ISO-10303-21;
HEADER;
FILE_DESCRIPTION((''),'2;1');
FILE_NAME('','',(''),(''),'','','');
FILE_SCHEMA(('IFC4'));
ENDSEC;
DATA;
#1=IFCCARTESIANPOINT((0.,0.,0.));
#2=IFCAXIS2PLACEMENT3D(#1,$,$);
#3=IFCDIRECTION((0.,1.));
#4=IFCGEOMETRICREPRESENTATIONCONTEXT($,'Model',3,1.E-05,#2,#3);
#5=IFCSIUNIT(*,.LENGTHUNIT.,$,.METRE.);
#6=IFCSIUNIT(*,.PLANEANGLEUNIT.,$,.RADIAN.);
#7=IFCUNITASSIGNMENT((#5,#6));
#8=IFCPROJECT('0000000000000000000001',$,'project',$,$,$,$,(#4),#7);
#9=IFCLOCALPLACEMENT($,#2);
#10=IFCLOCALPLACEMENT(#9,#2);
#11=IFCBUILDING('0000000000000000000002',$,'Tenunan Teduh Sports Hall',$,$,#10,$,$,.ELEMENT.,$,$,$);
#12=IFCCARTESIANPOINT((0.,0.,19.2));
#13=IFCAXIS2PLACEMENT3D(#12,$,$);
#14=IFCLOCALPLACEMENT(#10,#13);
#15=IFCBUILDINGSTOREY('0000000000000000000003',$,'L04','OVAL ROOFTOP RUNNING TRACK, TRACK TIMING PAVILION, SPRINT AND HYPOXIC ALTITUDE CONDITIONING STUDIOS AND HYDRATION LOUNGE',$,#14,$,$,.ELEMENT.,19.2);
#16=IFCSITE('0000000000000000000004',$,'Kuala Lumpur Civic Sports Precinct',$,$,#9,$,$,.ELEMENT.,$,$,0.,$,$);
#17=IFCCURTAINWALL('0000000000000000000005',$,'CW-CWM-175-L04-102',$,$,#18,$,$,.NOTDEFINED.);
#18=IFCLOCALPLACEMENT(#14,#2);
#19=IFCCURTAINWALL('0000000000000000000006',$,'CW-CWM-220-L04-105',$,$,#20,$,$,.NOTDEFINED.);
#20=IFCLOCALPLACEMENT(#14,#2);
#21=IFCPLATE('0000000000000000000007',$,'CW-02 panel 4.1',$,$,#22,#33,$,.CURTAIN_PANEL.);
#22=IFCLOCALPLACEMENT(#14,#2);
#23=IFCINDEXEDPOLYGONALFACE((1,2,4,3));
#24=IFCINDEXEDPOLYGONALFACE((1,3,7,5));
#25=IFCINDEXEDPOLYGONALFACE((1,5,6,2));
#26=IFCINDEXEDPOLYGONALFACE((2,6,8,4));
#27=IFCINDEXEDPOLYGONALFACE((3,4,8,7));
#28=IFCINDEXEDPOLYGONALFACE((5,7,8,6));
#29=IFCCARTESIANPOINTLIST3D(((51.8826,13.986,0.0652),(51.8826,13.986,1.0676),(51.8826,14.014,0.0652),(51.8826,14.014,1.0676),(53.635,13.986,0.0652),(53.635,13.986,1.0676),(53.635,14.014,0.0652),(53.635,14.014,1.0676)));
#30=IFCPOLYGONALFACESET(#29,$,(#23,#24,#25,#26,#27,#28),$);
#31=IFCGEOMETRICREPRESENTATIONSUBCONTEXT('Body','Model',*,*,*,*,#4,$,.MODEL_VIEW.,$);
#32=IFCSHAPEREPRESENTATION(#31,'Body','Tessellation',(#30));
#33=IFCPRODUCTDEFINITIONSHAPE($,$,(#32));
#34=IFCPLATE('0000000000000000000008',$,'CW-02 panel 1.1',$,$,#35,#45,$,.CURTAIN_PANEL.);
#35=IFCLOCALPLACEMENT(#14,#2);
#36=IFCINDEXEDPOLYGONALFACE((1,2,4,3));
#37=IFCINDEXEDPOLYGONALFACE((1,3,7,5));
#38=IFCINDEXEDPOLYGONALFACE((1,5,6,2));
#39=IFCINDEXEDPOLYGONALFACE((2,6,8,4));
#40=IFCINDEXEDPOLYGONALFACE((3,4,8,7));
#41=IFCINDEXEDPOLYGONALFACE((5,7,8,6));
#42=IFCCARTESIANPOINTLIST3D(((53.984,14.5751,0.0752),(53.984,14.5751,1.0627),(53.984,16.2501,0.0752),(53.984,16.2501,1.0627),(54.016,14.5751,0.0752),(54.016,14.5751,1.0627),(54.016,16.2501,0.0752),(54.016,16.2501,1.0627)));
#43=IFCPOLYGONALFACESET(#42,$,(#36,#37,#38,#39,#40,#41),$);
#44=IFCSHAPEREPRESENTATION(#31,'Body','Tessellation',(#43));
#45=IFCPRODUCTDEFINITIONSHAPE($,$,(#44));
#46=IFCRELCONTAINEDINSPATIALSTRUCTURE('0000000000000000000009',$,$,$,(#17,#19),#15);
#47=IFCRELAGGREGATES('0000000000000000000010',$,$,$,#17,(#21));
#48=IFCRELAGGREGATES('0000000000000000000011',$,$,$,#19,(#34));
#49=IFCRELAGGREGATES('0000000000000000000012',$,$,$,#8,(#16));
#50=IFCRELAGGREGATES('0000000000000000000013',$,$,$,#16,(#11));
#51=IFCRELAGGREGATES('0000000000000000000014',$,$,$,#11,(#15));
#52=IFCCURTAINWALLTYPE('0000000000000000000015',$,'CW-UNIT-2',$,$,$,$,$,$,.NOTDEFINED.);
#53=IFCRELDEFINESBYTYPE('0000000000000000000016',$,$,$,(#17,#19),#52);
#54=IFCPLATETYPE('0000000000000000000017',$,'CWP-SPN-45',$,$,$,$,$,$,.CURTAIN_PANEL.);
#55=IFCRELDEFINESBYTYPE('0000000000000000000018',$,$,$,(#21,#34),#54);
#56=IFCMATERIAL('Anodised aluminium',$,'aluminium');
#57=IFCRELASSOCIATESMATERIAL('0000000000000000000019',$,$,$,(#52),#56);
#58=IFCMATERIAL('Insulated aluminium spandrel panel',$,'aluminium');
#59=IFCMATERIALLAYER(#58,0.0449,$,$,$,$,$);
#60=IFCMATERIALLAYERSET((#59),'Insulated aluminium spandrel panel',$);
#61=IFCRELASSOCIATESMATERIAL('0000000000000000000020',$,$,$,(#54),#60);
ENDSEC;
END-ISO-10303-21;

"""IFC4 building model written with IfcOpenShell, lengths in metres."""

from ifc_helpers import new_model, si_unit, direction, frame, origin, origin_2d, place, context, subcontext, project, spatial, rectangle, extrude, material, layer, layer_set, type_object, element, aggregate, save


model = new_model("IFC4")

# Units and contexts
model_context = context("Model", 3, precision=1e-05, world=origin(), true_north=direction((0.0, 1.0)))
body_context = subcontext(model_context, "Body", "Model", "MODEL_VIEW")
ifc_project = project(units=[si_unit("LENGTHUNIT", "METRE"), si_unit("PLANEANGLEUNIT", "RADIAN")], contexts=[model_context])

# Site, building, storey
site_placement = place(None, origin())
site = spatial("IfcSite", under=ifc_project, at=site_placement, Name="Kuala Lumpur Civic Sports Precinct", CompositionType="ELEMENT", RefElevation=0.0)
building_placement = place(site_placement, origin())
building = spatial("IfcBuilding", under=site, at=building_placement, Name="Tenunan Teduh Sports Hall", CompositionType="ELEMENT")
storey_placement = place(building_placement, frame((0.0, 0.0, 19.2)))
storey = spatial("IfcBuildingStorey", under=building, at=storey_placement, Name="L04", Description="OVAL ROOFTOP RUNNING TRACK, TRACK TIMING PAVILION, SPRINT AND HYPOXIC ALTITUDE CONDITIONING STUDIOS AND HYDRATION LOUNGE", CompositionType="ELEMENT", Elevation=19.2)

# Curtain walls
ifc_material_1 = material(Name="Anodised aluminium", Category="aluminium")
curtain_wall_type = type_object("IfcCurtainWallType", Name="CW-UNIT-2", PredefinedType="NOTDEFINED", material=ifc_material_1)
curtain_wall_1_placement = place(storey_placement, origin())
curtain_wall_1 = element("IfcCurtainWall", 1, at=curtain_wall_1_placement, inside=storey, type_object=curtain_wall_type, Name="CW-CWM-175-L04-102", PredefinedType="NOTDEFINED")
curtain_wall_2_placement = place(storey_placement, origin())
curtain_wall_2 = element("IfcCurtainWall", 2, at=curtain_wall_2_placement, inside=storey, type_object=curtain_wall_type, Name="CW-CWM-220-L04-105", PredefinedType="NOTDEFINED")

# Plates
ifc_material_2 = material(Name="Insulated aluminium spandrel panel", Category="aluminium")
ifc_layer_1 = layer(ifc_material_2, 0.0449)
ifc_layer_set_1 = layer_set([ifc_layer_1], Name="Insulated aluminium spandrel panel")
plate_type_1 = type_object("IfcPlateType", Name="CWP-SPN-45", PredefinedType="CURTAIN_PANEL", material=ifc_layer_set_1)
plate_1_placement = place(storey_placement, frame((52.7588, 14.0, 0.0652), z_axis=(0.0, 0.0, 1.0), x_axis=(1.0, 0.0, 0.0)))
plate_1 = element("IfcPlate", 3, at=plate_1_placement, type_object=plate_type_1, Name="CW-02 panel 4.1", PredefinedType="CURTAIN_PANEL", context=body_context, shape_type="SweptSolid", body=[
    extrude(rectangle(XDim=1.7524, YDim=0.0281, at=origin_2d()), origin(), (0.0, 0.0, 1.0), 1.0024),
])
aggregate(curtain_wall_1, [plate_1])
plate_2_placement = place(storey_placement, frame((54.0, 15.4126, 0.0752), z_axis=(0.0, 0.0, 1.0), x_axis=(0.0, 1.0, 0.0)))
plate_2 = element("IfcPlate", 4, at=plate_2_placement, type_object=plate_type_1, Name="CW-02 panel 1.1", PredefinedType="CURTAIN_PANEL", context=body_context, shape_type="SweptSolid", body=[
    extrude(rectangle(XDim=1.675, YDim=0.032, at=origin_2d()), origin(), (0.0, 0.0, 1.0), 0.9875),
])
aggregate(curtain_wall_2, [plate_2])

save(model, "model.ifc")
